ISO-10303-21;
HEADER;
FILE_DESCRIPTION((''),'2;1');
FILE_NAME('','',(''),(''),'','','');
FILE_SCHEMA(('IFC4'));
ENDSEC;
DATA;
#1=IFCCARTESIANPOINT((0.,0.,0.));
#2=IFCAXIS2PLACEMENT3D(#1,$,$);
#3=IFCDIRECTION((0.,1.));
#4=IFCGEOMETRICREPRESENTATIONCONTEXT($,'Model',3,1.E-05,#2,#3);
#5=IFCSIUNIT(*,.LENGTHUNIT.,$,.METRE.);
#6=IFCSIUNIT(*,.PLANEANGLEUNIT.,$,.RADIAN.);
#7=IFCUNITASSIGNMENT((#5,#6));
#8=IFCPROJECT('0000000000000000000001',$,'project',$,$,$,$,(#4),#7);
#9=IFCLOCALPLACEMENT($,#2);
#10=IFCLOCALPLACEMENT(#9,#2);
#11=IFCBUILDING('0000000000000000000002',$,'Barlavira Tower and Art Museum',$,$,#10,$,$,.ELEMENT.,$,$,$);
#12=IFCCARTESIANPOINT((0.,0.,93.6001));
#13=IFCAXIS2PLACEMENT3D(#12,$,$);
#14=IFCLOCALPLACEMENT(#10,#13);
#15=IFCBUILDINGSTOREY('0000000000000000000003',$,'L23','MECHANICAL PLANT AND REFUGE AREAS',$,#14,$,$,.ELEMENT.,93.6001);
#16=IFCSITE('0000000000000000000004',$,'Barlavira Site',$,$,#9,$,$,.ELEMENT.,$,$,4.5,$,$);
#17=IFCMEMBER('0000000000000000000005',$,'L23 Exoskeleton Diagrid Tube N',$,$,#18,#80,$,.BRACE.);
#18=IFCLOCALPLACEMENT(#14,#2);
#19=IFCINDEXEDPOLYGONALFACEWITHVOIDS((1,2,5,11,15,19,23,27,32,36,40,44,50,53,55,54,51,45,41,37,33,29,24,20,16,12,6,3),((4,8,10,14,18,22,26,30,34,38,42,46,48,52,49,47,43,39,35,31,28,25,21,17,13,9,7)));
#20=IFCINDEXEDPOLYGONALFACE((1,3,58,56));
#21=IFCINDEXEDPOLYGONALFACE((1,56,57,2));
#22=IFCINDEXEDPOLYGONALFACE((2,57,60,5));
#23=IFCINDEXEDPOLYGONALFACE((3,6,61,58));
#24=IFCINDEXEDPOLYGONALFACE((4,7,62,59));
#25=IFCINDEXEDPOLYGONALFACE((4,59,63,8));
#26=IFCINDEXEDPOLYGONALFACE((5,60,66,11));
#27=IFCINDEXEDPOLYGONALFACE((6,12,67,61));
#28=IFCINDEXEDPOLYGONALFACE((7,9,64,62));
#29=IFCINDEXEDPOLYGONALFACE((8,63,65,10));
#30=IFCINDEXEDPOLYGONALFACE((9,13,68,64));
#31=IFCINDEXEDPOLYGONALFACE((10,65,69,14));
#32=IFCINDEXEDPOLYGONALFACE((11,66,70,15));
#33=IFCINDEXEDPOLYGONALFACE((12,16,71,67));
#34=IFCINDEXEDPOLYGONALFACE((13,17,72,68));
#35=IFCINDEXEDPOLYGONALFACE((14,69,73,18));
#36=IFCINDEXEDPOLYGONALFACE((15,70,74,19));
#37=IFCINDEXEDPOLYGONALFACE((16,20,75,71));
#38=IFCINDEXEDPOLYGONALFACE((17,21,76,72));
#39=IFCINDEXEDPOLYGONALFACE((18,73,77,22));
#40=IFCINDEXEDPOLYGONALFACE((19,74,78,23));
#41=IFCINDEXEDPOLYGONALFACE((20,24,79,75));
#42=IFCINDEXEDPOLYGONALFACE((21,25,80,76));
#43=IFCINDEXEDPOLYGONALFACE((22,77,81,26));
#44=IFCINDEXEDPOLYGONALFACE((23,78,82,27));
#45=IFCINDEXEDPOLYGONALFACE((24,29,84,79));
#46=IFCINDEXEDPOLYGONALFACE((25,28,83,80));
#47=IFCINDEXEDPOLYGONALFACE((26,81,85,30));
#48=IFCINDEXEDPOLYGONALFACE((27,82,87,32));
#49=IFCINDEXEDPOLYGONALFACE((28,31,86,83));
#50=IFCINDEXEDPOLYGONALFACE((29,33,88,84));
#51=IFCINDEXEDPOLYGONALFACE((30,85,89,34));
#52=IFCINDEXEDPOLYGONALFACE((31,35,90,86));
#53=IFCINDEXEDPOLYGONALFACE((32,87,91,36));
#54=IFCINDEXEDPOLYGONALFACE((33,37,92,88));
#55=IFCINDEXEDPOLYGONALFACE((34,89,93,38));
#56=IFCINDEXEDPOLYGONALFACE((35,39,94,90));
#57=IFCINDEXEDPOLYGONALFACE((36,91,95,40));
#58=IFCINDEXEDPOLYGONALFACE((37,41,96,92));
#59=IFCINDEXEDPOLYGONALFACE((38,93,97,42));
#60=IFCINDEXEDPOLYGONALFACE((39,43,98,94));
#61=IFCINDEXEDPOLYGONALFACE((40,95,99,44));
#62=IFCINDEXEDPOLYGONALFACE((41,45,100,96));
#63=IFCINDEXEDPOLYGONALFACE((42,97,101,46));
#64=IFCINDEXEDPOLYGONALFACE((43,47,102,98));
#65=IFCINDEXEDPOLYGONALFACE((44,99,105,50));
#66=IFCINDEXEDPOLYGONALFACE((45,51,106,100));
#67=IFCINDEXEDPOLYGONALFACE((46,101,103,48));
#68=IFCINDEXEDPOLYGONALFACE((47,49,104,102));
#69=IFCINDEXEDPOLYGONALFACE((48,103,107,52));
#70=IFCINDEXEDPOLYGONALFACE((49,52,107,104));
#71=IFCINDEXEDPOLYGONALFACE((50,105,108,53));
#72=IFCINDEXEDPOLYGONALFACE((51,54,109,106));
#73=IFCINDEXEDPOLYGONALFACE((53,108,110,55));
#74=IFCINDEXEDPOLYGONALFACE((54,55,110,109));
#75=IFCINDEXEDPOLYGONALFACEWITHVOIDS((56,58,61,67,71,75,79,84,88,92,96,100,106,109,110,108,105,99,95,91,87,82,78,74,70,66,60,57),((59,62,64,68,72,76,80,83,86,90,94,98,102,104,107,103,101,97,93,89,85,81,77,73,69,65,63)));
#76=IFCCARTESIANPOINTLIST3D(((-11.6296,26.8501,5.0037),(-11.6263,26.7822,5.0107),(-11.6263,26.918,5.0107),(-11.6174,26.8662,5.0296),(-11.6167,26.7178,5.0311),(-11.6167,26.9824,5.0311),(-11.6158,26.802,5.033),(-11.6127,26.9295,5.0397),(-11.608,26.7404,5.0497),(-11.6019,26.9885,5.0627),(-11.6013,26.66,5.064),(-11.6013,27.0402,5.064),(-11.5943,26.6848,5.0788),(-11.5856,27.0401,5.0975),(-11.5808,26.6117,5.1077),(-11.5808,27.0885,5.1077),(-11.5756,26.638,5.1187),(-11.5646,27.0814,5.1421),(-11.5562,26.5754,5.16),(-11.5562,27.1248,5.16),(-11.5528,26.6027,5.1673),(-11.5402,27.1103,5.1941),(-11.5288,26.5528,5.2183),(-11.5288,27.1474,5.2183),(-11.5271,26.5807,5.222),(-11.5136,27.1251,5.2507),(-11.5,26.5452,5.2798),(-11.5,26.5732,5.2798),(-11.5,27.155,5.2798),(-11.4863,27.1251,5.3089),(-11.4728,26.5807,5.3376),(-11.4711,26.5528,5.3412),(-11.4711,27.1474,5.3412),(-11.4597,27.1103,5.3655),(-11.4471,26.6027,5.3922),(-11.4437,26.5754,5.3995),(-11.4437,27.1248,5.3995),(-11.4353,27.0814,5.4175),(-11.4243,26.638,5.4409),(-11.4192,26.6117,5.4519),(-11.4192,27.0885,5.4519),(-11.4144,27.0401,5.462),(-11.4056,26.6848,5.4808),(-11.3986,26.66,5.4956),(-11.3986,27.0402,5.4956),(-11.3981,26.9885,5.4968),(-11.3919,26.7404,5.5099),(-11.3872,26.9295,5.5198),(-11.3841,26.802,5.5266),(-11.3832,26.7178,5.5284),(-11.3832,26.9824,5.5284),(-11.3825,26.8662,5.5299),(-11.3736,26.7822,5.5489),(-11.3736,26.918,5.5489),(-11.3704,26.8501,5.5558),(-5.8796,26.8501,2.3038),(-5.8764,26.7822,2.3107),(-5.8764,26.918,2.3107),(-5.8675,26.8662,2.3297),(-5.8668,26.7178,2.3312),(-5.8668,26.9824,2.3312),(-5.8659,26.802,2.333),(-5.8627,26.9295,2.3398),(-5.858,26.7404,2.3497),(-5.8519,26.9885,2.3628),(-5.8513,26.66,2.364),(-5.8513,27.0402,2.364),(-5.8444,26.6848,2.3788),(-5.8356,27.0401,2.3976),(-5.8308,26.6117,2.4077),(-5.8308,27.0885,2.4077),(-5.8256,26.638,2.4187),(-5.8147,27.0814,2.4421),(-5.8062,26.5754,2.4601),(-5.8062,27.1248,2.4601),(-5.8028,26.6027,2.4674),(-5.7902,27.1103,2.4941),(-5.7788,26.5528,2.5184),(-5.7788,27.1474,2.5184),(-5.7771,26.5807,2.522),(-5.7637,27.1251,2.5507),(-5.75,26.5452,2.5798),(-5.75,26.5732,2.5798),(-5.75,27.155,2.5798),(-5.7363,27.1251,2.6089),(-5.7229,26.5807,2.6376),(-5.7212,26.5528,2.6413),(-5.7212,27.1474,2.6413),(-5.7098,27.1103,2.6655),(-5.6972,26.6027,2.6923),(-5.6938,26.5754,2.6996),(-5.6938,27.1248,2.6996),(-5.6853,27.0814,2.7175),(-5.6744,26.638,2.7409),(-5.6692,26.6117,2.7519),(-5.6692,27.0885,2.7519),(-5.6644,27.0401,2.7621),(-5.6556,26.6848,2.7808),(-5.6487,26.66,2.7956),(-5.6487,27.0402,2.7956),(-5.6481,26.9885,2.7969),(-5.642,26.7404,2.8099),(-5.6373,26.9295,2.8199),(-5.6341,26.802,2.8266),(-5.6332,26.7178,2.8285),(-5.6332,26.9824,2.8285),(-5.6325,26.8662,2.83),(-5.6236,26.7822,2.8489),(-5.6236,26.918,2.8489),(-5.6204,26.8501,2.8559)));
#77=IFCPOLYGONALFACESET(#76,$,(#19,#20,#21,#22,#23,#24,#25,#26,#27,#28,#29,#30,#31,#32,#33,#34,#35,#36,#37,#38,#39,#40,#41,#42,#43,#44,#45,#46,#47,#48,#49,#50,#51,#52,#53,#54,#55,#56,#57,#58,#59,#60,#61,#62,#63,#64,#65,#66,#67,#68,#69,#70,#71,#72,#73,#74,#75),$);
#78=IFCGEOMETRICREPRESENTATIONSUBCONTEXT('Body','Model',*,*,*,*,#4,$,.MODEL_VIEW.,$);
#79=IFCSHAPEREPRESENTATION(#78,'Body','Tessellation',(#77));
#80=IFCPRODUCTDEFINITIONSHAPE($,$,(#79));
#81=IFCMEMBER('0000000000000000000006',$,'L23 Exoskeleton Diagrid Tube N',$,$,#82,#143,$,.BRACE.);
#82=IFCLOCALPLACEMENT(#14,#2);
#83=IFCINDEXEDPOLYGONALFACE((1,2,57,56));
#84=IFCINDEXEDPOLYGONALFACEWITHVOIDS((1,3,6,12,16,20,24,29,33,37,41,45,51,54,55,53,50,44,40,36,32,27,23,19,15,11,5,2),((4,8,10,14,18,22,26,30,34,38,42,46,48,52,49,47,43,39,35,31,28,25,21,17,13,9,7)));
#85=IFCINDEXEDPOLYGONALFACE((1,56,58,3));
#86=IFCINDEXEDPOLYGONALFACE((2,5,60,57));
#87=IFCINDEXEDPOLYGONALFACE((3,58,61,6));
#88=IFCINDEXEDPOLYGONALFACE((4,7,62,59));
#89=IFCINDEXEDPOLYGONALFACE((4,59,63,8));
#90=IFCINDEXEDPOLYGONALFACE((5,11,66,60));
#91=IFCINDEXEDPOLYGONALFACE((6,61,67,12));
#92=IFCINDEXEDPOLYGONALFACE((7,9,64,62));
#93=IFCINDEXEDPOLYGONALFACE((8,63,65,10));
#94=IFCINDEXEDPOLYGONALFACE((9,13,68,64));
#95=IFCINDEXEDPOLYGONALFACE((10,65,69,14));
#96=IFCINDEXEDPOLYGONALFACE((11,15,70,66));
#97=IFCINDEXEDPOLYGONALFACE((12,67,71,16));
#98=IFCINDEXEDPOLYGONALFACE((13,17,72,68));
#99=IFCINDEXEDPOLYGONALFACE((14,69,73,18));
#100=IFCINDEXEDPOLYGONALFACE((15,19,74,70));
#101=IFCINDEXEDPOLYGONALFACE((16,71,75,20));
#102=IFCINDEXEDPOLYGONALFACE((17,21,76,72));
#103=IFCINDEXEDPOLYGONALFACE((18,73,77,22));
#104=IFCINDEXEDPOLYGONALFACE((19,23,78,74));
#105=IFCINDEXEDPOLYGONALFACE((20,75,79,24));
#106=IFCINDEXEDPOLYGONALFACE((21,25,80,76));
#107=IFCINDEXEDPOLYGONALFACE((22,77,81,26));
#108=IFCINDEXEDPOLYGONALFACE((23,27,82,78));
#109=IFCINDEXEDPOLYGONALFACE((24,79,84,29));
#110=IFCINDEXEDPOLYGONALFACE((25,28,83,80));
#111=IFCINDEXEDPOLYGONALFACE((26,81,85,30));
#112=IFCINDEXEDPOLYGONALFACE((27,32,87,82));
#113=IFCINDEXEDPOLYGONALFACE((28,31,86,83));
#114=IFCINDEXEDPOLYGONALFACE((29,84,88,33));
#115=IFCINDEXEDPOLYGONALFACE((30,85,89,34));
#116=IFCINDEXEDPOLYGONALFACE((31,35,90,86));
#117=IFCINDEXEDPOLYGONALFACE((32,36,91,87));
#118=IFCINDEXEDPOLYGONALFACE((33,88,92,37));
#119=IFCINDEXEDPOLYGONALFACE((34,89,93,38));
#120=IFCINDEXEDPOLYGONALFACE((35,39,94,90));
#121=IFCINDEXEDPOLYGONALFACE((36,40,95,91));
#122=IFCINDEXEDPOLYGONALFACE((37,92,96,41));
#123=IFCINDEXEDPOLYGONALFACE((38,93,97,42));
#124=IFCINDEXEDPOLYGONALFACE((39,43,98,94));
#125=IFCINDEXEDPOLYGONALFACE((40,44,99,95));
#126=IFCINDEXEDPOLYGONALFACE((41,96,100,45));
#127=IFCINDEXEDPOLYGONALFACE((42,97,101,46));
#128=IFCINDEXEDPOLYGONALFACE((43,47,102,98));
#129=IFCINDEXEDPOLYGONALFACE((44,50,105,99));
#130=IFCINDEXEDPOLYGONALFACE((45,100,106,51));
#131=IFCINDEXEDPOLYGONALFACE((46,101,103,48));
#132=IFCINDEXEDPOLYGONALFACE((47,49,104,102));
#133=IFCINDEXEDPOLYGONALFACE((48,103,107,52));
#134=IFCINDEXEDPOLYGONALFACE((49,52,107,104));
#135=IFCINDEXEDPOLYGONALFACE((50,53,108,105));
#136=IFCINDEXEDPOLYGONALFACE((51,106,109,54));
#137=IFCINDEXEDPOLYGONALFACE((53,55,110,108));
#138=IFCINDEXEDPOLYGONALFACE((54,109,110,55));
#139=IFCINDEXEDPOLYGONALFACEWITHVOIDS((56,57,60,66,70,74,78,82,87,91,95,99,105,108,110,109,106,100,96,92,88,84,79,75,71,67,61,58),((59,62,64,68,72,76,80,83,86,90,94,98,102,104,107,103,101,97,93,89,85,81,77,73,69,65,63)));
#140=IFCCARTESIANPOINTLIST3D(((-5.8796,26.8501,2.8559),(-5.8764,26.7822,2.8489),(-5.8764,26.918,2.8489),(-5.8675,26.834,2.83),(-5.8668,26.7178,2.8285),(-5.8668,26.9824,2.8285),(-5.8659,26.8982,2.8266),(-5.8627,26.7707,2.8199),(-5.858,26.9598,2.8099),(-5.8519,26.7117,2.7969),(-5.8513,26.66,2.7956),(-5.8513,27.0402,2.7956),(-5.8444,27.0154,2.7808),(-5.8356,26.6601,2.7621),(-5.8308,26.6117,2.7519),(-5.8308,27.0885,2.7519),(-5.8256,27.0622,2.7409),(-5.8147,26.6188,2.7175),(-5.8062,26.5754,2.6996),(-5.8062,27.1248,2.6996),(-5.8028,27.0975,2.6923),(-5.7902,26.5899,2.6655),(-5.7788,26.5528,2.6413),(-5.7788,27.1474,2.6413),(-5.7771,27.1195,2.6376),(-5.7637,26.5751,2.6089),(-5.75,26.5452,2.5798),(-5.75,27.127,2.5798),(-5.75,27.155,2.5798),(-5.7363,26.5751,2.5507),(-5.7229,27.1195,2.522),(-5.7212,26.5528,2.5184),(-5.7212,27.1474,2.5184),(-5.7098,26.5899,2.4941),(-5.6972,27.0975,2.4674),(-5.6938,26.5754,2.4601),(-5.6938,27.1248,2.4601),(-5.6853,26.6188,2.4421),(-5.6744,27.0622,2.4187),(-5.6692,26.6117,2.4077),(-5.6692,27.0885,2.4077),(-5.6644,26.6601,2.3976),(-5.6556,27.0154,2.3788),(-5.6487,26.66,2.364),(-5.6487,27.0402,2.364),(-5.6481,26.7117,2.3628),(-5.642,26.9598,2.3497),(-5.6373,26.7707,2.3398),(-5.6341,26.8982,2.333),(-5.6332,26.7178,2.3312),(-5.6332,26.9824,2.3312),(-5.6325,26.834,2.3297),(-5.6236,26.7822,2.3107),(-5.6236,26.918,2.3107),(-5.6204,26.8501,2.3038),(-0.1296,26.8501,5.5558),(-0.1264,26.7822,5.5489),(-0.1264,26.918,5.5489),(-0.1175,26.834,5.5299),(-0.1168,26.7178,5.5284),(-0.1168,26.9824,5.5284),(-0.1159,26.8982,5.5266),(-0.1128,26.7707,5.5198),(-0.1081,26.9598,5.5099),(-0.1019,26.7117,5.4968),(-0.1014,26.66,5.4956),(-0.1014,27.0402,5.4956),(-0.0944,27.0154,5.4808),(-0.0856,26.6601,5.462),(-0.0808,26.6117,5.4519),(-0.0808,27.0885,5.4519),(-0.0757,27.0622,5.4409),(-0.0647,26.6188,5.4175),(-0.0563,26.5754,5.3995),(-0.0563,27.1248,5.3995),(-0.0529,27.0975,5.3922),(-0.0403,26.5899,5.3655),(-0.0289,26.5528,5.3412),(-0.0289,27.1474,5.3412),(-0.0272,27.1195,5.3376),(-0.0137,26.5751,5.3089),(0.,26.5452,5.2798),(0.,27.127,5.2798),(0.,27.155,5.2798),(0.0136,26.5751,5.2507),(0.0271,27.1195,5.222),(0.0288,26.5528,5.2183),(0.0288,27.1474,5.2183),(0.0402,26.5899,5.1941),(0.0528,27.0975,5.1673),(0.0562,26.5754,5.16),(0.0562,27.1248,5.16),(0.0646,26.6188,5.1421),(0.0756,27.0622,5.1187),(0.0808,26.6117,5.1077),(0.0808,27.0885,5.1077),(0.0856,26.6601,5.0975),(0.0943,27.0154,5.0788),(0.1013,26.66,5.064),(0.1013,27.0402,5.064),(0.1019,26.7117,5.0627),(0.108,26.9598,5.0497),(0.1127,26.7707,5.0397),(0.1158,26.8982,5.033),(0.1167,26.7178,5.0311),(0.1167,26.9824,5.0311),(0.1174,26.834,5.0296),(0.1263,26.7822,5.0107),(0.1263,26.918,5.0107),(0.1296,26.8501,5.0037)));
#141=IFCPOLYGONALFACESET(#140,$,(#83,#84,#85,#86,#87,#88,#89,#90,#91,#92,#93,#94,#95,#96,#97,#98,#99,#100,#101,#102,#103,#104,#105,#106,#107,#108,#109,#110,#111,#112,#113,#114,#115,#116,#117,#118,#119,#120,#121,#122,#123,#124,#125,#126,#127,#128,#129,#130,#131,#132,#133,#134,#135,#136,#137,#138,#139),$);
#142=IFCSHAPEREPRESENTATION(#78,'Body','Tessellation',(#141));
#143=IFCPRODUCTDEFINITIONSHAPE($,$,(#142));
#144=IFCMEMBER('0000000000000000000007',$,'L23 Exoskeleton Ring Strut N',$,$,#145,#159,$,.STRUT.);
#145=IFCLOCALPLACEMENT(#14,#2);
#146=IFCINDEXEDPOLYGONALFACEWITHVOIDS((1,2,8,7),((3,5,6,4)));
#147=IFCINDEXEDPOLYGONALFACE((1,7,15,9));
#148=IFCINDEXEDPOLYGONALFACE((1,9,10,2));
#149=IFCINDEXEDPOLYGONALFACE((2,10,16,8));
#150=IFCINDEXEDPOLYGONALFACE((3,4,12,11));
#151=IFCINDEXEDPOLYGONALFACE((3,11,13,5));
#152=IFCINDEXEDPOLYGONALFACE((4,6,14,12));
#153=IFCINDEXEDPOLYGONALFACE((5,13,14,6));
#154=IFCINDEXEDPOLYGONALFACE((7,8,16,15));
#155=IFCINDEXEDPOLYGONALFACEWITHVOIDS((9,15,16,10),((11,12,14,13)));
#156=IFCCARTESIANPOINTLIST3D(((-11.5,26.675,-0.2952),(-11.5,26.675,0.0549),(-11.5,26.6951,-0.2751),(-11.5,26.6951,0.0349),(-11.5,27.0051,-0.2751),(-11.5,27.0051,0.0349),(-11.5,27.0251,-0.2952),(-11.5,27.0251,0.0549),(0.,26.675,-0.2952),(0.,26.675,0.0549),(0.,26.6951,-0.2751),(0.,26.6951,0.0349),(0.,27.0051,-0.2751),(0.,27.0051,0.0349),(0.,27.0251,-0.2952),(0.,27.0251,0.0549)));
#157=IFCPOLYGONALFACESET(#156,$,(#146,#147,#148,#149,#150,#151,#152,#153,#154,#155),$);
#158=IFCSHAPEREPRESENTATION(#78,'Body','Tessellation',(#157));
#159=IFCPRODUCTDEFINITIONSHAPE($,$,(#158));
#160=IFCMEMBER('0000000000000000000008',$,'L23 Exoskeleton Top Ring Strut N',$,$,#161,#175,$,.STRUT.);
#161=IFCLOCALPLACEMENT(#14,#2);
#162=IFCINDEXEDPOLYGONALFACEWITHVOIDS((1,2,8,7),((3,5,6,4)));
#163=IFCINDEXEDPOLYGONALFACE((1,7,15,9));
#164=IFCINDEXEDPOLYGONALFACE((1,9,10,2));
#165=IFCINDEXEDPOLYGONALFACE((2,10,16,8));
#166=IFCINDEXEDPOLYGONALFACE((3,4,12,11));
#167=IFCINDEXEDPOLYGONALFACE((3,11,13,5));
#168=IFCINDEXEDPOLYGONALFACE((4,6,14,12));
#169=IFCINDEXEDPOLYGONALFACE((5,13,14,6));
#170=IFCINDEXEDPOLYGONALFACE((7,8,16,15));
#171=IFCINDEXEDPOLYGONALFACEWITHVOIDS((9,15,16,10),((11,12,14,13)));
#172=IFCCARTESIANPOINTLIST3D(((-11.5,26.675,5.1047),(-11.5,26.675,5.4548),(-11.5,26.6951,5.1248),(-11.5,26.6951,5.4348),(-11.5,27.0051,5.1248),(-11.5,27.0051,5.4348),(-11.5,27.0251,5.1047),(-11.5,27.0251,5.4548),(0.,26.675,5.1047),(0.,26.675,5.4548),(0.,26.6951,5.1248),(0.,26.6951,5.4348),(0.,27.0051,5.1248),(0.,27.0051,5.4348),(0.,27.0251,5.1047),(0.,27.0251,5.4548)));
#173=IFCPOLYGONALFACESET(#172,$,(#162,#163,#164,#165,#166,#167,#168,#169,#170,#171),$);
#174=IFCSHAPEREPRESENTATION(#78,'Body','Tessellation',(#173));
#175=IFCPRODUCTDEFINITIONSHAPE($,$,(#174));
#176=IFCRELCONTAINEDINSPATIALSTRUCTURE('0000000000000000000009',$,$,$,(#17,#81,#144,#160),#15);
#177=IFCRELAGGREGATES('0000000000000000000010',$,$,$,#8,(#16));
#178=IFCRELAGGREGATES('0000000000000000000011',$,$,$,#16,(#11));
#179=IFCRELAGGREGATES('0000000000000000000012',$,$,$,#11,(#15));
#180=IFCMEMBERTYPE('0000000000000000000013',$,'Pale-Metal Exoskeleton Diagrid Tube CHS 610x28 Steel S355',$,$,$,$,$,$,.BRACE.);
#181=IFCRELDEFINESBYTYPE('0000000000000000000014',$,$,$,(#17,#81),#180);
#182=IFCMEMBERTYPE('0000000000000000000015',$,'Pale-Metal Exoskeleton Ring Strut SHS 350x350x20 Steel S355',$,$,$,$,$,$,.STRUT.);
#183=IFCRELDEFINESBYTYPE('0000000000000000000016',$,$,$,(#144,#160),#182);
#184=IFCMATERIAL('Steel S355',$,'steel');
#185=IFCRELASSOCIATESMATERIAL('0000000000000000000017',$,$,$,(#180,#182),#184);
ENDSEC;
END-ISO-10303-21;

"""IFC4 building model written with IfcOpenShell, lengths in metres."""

from ifc_helpers import new_model, si_unit, direction, frame, origin, origin_2d, place, context, subcontext, project, spatial, hollow_rectangle, hollow_circle, extrude, material, material_profile, profile_set, type_object, element, save


model = new_model("IFC4")

# Units and contexts
model_context = context("Model", 3, precision=1e-05, world=origin(), true_north=direction((0.0, 1.0)))
body_context = subcontext(model_context, "Body", "Model", "MODEL_VIEW")
ifc_project = project(units=[si_unit("LENGTHUNIT", "METRE"), si_unit("PLANEANGLEUNIT", "RADIAN")], contexts=[model_context])

# Site, building, storey
site_placement = place(None, origin())
site = spatial("IfcSite", under=ifc_project, at=site_placement, Name="Barlavira Site", CompositionType="ELEMENT", RefElevation=4.5)
building_placement = place(site_placement, origin())
building = spatial("IfcBuilding", under=site, at=building_placement, Name="Barlavira Tower and Art Museum", CompositionType="ELEMENT")
storey_placement = place(building_placement, frame((0.0, 0.0, 93.6001)))
storey = spatial("IfcBuildingStorey", under=building, at=storey_placement, Name="L23", Description="MECHANICAL PLANT AND REFUGE AREAS", CompositionType="ELEMENT", Elevation=93.6001)

# Members
ifc_material_1 = material(Name="Steel S355", Category="steel")
ifc_material_profile_1 = material_profile(ifc_material_1, hollow_circle(Radius=0.3049, WallThickness=0.0281, at=origin_2d()), Name="CHS 610.0x28.0")
ifc_profile_set_1 = profile_set([ifc_material_profile_1], Name="Steel S355")
member_type_1 = type_object("IfcMemberType", Name="Pale-Metal Exoskeleton Diagrid Tube CHS 610x28 Steel S355", PredefinedType="BRACE", material=ifc_profile_set_1)
for number, where, z_axis, x_axis, name in (
    (1, (-5.75, 26.8501, 2.5798), (-0.905178, 0.0, 0.425032), (0.0, -1.0, 0.0), "L23 Exoskeleton Diagrid Tube N"),
    (2, (-5.75, 26.8501, 2.5798), (0.905178, 0.0, 0.425032), (0.0, 1.0, 0.0), "L23 Exoskeleton Diagrid Tube N"),
):
    element("IfcMember", number, at=place(storey_placement, frame(where, z_axis=z_axis, x_axis=x_axis)), inside=storey, type_object=member_type_1, Name=name, PredefinedType="BRACE", context=body_context, shape_type="SweptSolid", body=[
        extrude(hollow_circle(Radius=0.3049, WallThickness=0.0281, at=origin_2d()), origin(), (0.0, 0.0, 1.0), 6.3523),
    ])
ifc_material_profile_2 = material_profile(ifc_material_1, hollow_rectangle(XDim=0.3501, YDim=0.3501, WallThickness=0.02, at=origin_2d()), Name="SHS 350x350x20.0")
ifc_profile_set_2 = profile_set([ifc_material_profile_2], Name="Steel S355")
member_type_2 = type_object("IfcMemberType", Name="Pale-Metal Exoskeleton Ring Strut SHS 350x350x20 Steel S355", PredefinedType="STRUT", material=ifc_profile_set_2)
for number, where, z_axis, x_axis, name in (
    (3, (-11.5, 26.8501, -0.1201), (1.0, 0.0, 0.0), (0.0, 1.0, 0.0), "L23 Exoskeleton Ring Strut N"),
    (4, (-11.5, 26.8501, 5.2798), (1.0, 0.0, 0.0), (0.0, 1.0, 0.0), "L23 Exoskeleton Top Ring Strut N"),
):
    element("IfcMember", number, at=place(storey_placement, frame(where, z_axis=z_axis, x_axis=x_axis)), inside=storey, type_object=member_type_2, Name=name, PredefinedType="STRUT", context=body_context, shape_type="SweptSolid", body=[
        extrude(hollow_rectangle(XDim=0.3501, YDim=0.3501, WallThickness=0.02, at=origin_2d()), origin(), (0.0, 0.0, 1.0), 11.5),
    ])

save(model, "model.ifc")
